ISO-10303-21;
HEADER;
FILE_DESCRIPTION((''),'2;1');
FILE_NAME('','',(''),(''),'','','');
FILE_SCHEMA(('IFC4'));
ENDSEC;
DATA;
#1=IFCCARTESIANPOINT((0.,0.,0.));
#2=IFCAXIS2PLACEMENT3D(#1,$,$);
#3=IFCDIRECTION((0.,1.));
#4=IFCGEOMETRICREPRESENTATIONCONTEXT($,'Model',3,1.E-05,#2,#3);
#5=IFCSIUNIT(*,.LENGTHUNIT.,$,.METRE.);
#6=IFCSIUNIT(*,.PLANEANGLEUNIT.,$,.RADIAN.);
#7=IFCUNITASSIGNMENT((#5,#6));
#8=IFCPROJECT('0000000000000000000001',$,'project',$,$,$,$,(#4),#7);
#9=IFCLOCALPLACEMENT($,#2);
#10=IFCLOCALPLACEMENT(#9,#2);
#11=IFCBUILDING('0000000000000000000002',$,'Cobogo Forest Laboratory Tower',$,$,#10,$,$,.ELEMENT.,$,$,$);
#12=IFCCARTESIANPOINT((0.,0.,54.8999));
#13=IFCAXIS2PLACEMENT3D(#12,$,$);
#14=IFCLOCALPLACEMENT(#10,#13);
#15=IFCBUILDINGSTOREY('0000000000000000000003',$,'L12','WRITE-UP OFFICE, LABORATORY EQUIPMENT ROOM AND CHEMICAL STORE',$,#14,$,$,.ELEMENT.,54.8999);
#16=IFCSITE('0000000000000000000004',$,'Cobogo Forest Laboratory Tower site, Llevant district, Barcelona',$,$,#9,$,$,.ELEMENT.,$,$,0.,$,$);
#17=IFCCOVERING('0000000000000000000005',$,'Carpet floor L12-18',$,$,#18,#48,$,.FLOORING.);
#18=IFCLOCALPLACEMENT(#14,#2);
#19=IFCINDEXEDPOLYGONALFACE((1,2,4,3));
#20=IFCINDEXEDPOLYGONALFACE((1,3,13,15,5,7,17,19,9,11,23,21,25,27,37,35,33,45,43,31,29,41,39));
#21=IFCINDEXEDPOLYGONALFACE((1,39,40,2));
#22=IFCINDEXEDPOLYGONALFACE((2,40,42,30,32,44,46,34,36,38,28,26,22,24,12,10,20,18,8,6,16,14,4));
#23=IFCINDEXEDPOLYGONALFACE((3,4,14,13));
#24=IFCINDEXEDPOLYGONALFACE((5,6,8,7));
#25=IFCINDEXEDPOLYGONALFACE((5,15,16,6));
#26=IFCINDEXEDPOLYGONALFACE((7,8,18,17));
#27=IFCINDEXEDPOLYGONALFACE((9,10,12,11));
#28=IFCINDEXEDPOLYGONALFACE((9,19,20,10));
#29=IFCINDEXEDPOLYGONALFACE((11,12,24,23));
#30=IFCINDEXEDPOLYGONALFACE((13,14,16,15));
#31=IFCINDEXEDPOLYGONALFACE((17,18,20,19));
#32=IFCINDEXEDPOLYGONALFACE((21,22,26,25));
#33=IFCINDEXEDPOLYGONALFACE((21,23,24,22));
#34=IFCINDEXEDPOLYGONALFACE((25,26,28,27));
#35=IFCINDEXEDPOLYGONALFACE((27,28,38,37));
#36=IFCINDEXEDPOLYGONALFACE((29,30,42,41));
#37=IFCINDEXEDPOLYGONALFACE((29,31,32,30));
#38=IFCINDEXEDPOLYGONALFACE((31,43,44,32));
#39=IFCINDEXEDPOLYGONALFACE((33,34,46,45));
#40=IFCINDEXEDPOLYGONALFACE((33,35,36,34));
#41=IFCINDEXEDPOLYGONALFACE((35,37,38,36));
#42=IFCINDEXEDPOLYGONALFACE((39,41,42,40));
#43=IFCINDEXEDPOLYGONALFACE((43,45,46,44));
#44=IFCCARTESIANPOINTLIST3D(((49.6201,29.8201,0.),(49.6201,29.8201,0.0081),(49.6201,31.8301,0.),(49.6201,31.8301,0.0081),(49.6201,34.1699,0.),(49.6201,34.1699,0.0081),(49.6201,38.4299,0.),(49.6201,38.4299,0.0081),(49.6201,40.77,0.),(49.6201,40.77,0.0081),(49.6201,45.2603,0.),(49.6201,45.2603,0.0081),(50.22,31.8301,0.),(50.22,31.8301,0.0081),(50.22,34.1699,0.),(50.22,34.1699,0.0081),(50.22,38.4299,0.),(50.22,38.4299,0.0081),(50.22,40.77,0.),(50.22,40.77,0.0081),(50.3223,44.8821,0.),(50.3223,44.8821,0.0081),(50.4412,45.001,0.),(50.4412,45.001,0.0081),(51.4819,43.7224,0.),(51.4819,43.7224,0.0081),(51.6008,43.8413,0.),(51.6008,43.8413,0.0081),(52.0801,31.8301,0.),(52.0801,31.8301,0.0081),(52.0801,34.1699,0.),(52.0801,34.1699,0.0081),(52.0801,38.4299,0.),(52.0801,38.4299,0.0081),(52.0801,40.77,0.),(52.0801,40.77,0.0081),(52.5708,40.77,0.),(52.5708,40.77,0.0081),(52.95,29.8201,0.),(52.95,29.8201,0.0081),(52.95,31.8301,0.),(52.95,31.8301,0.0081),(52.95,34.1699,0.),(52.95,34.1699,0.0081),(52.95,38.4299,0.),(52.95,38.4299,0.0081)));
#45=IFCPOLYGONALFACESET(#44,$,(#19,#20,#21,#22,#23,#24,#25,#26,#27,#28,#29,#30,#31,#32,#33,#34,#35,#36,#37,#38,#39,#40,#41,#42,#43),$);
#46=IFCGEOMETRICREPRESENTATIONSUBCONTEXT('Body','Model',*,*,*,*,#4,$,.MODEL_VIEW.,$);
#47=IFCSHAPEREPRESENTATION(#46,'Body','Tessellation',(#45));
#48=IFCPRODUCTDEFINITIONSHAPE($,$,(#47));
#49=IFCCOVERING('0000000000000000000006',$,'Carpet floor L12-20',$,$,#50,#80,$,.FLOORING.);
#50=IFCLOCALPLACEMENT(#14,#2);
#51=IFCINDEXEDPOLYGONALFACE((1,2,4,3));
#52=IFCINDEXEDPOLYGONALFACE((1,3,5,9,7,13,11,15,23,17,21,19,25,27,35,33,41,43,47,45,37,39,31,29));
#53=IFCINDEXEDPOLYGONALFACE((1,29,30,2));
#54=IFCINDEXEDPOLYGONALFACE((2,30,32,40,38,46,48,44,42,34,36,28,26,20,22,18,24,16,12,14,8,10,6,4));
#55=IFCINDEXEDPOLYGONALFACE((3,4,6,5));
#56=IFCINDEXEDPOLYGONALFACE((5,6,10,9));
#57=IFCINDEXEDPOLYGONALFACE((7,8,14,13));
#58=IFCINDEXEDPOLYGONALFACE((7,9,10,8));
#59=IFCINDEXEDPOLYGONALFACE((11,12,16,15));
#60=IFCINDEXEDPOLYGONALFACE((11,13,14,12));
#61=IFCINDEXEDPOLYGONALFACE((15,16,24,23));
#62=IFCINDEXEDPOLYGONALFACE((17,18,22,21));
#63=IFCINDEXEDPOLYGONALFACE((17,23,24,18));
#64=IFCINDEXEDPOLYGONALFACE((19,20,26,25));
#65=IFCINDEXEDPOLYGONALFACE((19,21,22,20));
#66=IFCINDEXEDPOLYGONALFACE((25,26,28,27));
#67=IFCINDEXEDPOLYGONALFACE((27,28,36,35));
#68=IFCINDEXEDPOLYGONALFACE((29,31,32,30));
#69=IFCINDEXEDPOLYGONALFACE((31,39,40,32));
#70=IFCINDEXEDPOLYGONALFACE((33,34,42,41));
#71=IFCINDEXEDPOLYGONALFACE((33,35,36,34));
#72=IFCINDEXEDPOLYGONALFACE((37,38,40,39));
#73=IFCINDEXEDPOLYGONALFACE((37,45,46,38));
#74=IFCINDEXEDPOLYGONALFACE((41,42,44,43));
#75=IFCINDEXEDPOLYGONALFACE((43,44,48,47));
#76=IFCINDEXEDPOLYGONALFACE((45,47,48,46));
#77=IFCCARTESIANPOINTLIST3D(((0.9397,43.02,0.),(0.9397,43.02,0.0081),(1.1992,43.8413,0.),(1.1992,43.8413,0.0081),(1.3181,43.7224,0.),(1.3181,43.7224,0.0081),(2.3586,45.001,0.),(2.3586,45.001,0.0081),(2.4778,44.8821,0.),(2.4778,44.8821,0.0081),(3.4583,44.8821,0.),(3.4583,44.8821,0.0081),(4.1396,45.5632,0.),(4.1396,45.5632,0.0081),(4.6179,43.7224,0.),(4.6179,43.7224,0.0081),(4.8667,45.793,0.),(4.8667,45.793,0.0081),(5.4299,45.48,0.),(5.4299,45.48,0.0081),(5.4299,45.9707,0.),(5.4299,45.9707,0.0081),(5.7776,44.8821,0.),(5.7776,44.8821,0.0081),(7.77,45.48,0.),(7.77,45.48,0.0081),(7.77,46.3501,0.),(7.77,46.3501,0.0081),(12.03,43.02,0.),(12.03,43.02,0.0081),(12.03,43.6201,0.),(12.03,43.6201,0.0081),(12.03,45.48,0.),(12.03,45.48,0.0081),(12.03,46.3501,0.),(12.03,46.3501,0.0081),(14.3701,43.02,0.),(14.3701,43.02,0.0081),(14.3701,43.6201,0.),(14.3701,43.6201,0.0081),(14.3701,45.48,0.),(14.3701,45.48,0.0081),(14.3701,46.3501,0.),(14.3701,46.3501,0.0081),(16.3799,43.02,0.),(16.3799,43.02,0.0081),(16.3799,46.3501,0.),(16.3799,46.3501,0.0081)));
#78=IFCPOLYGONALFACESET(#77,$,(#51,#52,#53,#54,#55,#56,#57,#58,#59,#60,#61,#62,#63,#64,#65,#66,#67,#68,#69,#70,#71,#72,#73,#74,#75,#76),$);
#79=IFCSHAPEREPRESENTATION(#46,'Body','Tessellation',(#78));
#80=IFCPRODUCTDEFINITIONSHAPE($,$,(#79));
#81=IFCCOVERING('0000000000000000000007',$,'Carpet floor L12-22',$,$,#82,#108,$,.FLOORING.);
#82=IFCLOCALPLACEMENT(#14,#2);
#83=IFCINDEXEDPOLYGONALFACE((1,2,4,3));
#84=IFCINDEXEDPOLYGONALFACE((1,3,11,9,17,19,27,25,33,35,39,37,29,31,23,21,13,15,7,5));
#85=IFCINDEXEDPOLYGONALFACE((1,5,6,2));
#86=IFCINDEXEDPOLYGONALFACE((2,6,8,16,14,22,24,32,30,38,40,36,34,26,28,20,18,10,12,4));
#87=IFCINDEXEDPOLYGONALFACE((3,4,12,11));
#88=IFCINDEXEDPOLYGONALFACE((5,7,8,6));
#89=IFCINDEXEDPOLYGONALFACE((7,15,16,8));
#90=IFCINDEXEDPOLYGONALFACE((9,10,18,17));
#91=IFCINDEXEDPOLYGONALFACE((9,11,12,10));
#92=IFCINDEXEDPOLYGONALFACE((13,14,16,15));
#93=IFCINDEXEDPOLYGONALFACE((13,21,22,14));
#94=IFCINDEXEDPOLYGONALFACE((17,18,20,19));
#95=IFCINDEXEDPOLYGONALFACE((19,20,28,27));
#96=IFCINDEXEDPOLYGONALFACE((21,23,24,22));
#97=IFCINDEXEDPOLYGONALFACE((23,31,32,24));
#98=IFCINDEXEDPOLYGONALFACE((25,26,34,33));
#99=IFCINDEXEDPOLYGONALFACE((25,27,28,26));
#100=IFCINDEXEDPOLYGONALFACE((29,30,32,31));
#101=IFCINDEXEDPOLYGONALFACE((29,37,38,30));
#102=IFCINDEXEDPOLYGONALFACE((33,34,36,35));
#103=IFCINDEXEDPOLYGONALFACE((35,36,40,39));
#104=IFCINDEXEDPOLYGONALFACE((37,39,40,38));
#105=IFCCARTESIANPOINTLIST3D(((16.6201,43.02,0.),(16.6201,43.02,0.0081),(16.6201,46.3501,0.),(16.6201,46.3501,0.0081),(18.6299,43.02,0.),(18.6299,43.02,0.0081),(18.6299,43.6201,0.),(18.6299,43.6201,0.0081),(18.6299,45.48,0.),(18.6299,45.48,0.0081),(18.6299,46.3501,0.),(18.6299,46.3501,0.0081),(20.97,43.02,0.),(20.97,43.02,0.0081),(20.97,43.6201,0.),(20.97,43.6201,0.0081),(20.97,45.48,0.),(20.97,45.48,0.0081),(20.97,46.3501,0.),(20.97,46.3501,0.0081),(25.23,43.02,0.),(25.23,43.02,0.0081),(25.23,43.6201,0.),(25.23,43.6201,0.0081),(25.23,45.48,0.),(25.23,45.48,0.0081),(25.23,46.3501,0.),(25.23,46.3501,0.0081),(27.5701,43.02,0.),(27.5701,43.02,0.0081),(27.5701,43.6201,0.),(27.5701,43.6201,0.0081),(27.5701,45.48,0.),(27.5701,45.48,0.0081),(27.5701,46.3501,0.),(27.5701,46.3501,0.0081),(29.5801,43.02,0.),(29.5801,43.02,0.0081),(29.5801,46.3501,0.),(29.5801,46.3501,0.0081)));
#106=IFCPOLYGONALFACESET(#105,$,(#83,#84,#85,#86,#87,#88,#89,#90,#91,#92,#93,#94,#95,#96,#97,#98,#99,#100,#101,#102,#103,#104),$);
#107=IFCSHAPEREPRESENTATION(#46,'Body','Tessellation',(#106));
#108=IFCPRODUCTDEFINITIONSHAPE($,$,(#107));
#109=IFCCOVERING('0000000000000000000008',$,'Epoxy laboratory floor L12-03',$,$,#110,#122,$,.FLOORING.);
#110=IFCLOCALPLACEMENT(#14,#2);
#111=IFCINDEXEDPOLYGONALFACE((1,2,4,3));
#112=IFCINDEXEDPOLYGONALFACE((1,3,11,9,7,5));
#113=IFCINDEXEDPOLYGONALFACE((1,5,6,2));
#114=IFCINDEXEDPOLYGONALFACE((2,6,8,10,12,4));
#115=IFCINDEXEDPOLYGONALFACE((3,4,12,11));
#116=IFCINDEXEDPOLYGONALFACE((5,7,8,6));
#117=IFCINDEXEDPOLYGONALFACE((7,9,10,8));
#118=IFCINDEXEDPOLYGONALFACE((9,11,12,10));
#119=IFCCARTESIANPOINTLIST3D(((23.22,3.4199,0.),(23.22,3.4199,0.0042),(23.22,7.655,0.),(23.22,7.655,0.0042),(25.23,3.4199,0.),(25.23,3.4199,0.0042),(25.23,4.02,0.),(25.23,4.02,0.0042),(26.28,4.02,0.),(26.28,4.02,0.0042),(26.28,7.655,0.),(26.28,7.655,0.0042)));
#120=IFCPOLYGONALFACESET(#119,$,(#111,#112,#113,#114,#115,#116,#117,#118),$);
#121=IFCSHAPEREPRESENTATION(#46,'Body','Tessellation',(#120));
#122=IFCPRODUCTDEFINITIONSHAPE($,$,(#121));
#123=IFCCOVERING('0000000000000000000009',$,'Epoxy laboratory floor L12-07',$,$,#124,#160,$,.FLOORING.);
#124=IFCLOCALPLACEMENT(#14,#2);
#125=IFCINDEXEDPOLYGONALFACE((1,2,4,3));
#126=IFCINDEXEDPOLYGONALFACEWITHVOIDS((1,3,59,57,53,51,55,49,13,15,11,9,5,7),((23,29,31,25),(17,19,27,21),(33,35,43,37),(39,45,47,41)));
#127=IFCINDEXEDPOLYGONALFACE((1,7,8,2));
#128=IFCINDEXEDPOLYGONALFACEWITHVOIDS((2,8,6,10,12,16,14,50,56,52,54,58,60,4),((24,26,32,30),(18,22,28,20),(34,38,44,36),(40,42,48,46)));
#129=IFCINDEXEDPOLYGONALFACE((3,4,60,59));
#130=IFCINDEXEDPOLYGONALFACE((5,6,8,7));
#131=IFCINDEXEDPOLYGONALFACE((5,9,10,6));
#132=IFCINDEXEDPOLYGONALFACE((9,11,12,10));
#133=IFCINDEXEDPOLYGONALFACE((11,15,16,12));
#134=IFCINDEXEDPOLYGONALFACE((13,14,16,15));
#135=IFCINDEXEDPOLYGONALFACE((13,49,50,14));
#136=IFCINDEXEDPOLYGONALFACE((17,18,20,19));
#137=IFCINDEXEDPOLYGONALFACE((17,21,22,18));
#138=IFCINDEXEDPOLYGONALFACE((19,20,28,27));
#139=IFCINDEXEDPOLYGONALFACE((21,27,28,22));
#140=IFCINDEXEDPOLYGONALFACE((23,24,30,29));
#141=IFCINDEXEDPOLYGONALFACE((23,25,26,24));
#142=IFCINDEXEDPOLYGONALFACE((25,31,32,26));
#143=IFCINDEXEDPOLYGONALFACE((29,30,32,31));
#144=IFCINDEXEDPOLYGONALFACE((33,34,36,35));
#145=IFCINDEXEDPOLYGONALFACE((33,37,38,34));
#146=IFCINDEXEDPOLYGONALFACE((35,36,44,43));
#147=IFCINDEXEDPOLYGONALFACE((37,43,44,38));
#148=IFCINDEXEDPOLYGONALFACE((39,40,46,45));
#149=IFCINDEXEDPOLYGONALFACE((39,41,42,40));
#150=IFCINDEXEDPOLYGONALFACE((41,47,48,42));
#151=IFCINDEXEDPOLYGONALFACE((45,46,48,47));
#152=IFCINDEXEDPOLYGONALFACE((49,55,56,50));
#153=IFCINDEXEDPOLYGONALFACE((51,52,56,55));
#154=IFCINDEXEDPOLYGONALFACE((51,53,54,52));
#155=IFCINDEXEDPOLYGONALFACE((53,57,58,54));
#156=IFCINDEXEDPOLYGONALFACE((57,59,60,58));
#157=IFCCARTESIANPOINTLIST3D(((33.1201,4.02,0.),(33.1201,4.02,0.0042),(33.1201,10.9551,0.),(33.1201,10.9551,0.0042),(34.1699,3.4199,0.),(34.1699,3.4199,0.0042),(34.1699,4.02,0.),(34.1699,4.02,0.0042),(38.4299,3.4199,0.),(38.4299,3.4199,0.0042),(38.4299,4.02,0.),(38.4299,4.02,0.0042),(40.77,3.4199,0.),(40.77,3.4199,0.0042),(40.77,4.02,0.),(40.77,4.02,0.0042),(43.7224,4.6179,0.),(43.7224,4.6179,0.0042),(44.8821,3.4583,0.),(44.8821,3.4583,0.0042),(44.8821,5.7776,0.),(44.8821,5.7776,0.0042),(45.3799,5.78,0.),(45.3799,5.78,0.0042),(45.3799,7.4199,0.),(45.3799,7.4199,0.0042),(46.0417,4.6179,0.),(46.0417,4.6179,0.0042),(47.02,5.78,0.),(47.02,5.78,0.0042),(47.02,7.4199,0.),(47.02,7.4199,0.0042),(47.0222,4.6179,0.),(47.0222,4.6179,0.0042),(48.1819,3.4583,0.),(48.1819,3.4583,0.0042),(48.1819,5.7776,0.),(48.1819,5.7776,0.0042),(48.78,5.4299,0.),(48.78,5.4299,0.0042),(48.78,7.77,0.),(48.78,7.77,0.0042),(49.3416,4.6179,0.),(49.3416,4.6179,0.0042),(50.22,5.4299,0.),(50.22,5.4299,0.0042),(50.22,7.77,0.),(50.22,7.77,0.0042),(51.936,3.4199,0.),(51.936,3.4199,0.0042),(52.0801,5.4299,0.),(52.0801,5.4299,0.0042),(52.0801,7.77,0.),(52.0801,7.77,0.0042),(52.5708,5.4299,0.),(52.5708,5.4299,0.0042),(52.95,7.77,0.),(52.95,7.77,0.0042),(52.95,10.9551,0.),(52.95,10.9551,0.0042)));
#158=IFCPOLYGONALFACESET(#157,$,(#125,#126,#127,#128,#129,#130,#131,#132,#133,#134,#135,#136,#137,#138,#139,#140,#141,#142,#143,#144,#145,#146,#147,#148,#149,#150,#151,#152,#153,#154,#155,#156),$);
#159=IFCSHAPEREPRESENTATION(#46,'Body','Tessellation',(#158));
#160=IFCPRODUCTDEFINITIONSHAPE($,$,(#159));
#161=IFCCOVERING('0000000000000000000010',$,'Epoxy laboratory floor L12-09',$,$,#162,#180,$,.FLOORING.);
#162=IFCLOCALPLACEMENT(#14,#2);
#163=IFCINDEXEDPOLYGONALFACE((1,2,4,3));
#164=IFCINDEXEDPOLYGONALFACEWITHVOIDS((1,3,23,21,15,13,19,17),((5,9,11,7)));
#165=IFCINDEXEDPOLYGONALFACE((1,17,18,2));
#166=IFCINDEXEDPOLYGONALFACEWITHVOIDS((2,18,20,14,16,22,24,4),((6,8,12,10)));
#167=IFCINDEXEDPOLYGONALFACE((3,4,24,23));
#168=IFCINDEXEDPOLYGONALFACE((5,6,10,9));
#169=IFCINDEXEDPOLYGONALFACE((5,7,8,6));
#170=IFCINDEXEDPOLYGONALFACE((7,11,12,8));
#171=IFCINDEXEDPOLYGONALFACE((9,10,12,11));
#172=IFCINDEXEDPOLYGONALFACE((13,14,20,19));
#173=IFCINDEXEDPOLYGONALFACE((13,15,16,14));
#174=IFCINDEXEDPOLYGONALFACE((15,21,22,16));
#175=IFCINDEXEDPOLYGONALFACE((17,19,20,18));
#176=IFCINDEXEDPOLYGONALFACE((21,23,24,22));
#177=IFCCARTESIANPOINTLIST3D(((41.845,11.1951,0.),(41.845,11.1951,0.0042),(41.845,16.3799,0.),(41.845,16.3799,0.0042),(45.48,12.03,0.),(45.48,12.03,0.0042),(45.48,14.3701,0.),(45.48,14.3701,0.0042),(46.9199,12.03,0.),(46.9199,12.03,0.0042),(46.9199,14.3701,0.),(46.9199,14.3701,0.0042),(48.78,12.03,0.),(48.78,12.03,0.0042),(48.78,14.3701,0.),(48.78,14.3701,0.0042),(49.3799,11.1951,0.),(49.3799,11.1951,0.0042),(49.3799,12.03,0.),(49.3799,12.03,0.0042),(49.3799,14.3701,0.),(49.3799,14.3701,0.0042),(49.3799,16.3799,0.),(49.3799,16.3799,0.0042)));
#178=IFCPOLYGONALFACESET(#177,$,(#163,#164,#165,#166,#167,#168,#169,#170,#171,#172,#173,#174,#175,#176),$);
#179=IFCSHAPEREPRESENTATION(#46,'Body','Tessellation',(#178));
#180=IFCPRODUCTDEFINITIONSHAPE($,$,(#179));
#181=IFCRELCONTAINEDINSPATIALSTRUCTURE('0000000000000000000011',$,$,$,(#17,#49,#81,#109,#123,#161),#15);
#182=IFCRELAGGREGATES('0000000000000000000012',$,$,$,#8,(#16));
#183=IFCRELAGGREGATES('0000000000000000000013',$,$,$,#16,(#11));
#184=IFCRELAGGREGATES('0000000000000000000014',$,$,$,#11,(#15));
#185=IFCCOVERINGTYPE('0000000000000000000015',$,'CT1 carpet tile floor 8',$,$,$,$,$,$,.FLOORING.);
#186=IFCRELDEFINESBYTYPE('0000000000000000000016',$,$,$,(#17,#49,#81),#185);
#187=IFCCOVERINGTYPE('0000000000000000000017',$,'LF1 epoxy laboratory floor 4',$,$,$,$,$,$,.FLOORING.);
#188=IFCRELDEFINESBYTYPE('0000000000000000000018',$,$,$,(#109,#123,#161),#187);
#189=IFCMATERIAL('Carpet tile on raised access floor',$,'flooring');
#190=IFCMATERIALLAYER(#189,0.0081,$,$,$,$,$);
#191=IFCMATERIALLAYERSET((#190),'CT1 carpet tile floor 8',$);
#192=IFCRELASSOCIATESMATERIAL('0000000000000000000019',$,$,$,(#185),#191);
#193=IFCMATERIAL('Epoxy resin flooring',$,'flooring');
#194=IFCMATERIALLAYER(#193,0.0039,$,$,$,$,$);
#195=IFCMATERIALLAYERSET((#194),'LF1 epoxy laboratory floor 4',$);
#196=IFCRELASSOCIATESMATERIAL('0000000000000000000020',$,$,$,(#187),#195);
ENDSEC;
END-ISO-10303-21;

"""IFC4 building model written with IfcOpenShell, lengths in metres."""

from ifc_helpers import new_model, si_unit, direction, frame, origin, place, context, subcontext, project, spatial, polyline, outline, extrude, material, layer, layer_set, type_object, element, save


model = new_model("IFC4")

# Units and contexts
model_context = context("Model", 3, precision=1e-05, world=origin(), true_north=direction((0.0, 1.0)))
body_context = subcontext(model_context, "Body", "Model", "MODEL_VIEW")
ifc_project = project(units=[si_unit("LENGTHUNIT", "METRE"), si_unit("PLANEANGLEUNIT", "RADIAN")], contexts=[model_context])

# Site, building, storey
site_placement = place(None, origin())
site = spatial("IfcSite", under=ifc_project, at=site_placement, Name="Cobogo Forest Laboratory Tower site, Llevant district, Barcelona", CompositionType="ELEMENT", RefElevation=0.0)
building_placement = place(site_placement, origin())
building = spatial("IfcBuilding", under=site, at=building_placement, Name="Cobogo Forest Laboratory Tower", CompositionType="ELEMENT")
storey_placement = place(building_placement, frame((0.0, 0.0, 54.8999)))
storey = spatial("IfcBuildingStorey", under=building, at=storey_placement, Name="L12", Description="WRITE-UP OFFICE, LABORATORY EQUIPMENT ROOM AND CHEMICAL STORE", CompositionType="ELEMENT", Elevation=54.8999)

# Coverings
ifc_material_1 = material(Name="Carpet tile on raised access floor", Category="flooring")
ifc_layer_1 = layer(ifc_material_1, 0.0081)
ifc_layer_set_1 = layer_set([ifc_layer_1], Name="CT1 carpet tile floor 8")
covering_type_1 = type_object("IfcCoveringType", Name="CT1 carpet tile floor 8", PredefinedType="FLOORING", material=ifc_layer_set_1)
covering_1_placement = place(storey_placement, origin())
element("IfcCovering", 1, at=covering_1_placement, inside=storey, type_object=covering_type_1, Name="Carpet floor L12-18", PredefinedType="FLOORING", context=body_context, shape_type="SweptSolid", body=[
    extrude(outline(polyline([(49.6201, 31.8301), (50.22, 31.8301), (50.22, 34.1699), (49.6201, 34.1699), (49.6201, 38.4299), (50.22, 38.4299), (50.22, 40.77), (49.6201, 40.77), (49.6201, 45.2603), (50.4412, 45.001), (50.3223, 44.8821), (51.4819, 43.7224), (51.6008, 43.8413), (52.5708, 40.77), (52.0801, 40.77), (52.0801, 38.4299), (52.95, 38.4299), (52.95, 34.1699), (52.0801, 34.1699), (52.0801, 31.8301), (52.95, 31.8301), (52.95, 29.8201), (49.6201, 29.8201), (49.6201, 31.8301)])), origin(), (0.0, 0.0, 1.0), 0.0081),
])
covering_2_placement = place(storey_placement, origin())
element("IfcCovering", 2, at=covering_2_placement, inside=storey, type_object=covering_type_1, Name="Carpet floor L12-20", PredefinedType="FLOORING", context=body_context, shape_type="SweptSolid", body=[
    extrude(outline(polyline([(14.3701, 43.02), (14.3701, 43.6201), (12.03, 43.6201), (12.03, 43.02), (0.9397, 43.02), (1.1992, 43.8413), (1.3181, 43.7224), (2.4778, 44.8821), (2.3586, 45.001), (4.1396, 45.5632), (3.4583, 44.8821), (4.6179, 43.7224), (5.7776, 44.8821), (4.8667, 45.793), (5.4299, 45.9707), (5.4299, 45.48), (7.77, 45.48), (7.77, 46.3501), (12.03, 46.3501), (12.03, 45.48), (14.3701, 45.48), (14.3701, 46.3501), (16.3799, 46.3501), (16.3799, 43.02), (14.3701, 43.02)])), origin(), (0.0, 0.0, 1.0), 0.0081),
])
covering_3_placement = place(storey_placement, origin())
element("IfcCovering", 3, at=covering_3_placement, inside=storey, type_object=covering_type_1, Name="Carpet floor L12-22", PredefinedType="FLOORING", context=body_context, shape_type="SweptSolid", body=[
    extrude(outline(polyline([(27.5701, 43.02), (27.5701, 43.6201), (25.23, 43.6201), (25.23, 43.02), (20.97, 43.02), (20.97, 43.6201), (18.6299, 43.6201), (18.6299, 43.02), (16.6201, 43.02), (16.6201, 46.3501), (18.6299, 46.3501), (18.6299, 45.48), (20.97, 45.48), (20.97, 46.3501), (25.23, 46.3501), (25.23, 45.48), (27.5701, 45.48), (27.5701, 46.3501), (29.5801, 46.3501), (29.5801, 43.02), (27.5701, 43.02)])), origin(), (0.0, 0.0, 1.0), 0.0081),
])
ifc_material_2 = material(Name="Epoxy resin flooring", Category="flooring")
ifc_layer_2 = layer(ifc_material_2, 0.0039)
ifc_layer_set_2 = layer_set([ifc_layer_2], Name="LF1 epoxy laboratory floor 4")
covering_type_2 = type_object("IfcCoveringType", Name="LF1 epoxy laboratory floor 4", PredefinedType="FLOORING", material=ifc_layer_set_2)
covering_4_placement = place(storey_placement, origin())
element("IfcCovering", 4, at=covering_4_placement, inside=storey, type_object=covering_type_2, Name="Epoxy laboratory floor L12-03", PredefinedType="FLOORING", context=body_context, shape_type="SweptSolid", body=[
    extrude(outline(polyline([(23.22, 7.655), (26.28, 7.655), (26.28, 4.02), (25.23, 4.02), (25.23, 3.4199), (23.22, 3.4199), (23.22, 7.655)])), origin(), (0.0, 0.0, 1.0), 0.0042),
])
covering_5_placement = place(storey_placement, origin())
element("IfcCovering", 5, at=covering_5_placement, inside=storey, type_object=covering_type_2, Name="Epoxy laboratory floor L12-07", PredefinedType="FLOORING", context=body_context, shape_type="SweptSolid", body=[
    extrude(outline(polyline([(33.1201, 10.9551), (52.95, 10.9551), (52.95, 7.77), (52.0801, 7.77), (52.0801, 5.4299), (52.5708, 5.4299), (51.936, 3.4199), (40.77, 3.4199), (40.77, 4.02), (38.4299, 4.02), (38.4299, 3.4199), (34.1699, 3.4199), (34.1699, 4.02), (33.1201, 4.02), (33.1201, 10.9551)]), holes=[polyline([(48.78, 5.4299), (50.22, 5.4299), (50.22, 7.77), (48.78, 7.77), (48.78, 5.4299)]), polyline([(48.1819, 5.7776), (47.0222, 4.6179), (48.1819, 3.4583), (49.3416, 4.6179), (48.1819, 5.7776)]), polyline([(45.3799, 7.4199), (45.3799, 5.78), (47.02, 5.78), (47.02, 7.4199), (45.3799, 7.4199)]), polyline([(44.8821, 5.7776), (43.7224, 4.6179), (44.8821, 3.4583), (46.0417, 4.6179), (44.8821, 5.7776)])]), origin(), (0.0, 0.0, 1.0), 0.0042),
])
covering_6_placement = place(storey_placement, origin())
element("IfcCovering", 6, at=covering_6_placement, inside=storey, type_object=covering_type_2, Name="Epoxy laboratory floor L12-09", PredefinedType="FLOORING", context=body_context, shape_type="SweptSolid", body=[
    extrude(outline(polyline([(41.845, 16.3799), (49.3799, 16.3799), (49.3799, 14.3701), (48.78, 14.3701), (48.78, 12.03), (49.3799, 12.03), (49.3799, 11.1951), (41.845, 11.1951), (41.845, 16.3799)]), holes=[polyline([(45.48, 12.03), (46.9199, 12.03), (46.9199, 14.3701), (45.48, 14.3701), (45.48, 12.03)])]), origin(), (0.0, 0.0, 1.0), 0.0042),
])

save(model, "model.ifc")
